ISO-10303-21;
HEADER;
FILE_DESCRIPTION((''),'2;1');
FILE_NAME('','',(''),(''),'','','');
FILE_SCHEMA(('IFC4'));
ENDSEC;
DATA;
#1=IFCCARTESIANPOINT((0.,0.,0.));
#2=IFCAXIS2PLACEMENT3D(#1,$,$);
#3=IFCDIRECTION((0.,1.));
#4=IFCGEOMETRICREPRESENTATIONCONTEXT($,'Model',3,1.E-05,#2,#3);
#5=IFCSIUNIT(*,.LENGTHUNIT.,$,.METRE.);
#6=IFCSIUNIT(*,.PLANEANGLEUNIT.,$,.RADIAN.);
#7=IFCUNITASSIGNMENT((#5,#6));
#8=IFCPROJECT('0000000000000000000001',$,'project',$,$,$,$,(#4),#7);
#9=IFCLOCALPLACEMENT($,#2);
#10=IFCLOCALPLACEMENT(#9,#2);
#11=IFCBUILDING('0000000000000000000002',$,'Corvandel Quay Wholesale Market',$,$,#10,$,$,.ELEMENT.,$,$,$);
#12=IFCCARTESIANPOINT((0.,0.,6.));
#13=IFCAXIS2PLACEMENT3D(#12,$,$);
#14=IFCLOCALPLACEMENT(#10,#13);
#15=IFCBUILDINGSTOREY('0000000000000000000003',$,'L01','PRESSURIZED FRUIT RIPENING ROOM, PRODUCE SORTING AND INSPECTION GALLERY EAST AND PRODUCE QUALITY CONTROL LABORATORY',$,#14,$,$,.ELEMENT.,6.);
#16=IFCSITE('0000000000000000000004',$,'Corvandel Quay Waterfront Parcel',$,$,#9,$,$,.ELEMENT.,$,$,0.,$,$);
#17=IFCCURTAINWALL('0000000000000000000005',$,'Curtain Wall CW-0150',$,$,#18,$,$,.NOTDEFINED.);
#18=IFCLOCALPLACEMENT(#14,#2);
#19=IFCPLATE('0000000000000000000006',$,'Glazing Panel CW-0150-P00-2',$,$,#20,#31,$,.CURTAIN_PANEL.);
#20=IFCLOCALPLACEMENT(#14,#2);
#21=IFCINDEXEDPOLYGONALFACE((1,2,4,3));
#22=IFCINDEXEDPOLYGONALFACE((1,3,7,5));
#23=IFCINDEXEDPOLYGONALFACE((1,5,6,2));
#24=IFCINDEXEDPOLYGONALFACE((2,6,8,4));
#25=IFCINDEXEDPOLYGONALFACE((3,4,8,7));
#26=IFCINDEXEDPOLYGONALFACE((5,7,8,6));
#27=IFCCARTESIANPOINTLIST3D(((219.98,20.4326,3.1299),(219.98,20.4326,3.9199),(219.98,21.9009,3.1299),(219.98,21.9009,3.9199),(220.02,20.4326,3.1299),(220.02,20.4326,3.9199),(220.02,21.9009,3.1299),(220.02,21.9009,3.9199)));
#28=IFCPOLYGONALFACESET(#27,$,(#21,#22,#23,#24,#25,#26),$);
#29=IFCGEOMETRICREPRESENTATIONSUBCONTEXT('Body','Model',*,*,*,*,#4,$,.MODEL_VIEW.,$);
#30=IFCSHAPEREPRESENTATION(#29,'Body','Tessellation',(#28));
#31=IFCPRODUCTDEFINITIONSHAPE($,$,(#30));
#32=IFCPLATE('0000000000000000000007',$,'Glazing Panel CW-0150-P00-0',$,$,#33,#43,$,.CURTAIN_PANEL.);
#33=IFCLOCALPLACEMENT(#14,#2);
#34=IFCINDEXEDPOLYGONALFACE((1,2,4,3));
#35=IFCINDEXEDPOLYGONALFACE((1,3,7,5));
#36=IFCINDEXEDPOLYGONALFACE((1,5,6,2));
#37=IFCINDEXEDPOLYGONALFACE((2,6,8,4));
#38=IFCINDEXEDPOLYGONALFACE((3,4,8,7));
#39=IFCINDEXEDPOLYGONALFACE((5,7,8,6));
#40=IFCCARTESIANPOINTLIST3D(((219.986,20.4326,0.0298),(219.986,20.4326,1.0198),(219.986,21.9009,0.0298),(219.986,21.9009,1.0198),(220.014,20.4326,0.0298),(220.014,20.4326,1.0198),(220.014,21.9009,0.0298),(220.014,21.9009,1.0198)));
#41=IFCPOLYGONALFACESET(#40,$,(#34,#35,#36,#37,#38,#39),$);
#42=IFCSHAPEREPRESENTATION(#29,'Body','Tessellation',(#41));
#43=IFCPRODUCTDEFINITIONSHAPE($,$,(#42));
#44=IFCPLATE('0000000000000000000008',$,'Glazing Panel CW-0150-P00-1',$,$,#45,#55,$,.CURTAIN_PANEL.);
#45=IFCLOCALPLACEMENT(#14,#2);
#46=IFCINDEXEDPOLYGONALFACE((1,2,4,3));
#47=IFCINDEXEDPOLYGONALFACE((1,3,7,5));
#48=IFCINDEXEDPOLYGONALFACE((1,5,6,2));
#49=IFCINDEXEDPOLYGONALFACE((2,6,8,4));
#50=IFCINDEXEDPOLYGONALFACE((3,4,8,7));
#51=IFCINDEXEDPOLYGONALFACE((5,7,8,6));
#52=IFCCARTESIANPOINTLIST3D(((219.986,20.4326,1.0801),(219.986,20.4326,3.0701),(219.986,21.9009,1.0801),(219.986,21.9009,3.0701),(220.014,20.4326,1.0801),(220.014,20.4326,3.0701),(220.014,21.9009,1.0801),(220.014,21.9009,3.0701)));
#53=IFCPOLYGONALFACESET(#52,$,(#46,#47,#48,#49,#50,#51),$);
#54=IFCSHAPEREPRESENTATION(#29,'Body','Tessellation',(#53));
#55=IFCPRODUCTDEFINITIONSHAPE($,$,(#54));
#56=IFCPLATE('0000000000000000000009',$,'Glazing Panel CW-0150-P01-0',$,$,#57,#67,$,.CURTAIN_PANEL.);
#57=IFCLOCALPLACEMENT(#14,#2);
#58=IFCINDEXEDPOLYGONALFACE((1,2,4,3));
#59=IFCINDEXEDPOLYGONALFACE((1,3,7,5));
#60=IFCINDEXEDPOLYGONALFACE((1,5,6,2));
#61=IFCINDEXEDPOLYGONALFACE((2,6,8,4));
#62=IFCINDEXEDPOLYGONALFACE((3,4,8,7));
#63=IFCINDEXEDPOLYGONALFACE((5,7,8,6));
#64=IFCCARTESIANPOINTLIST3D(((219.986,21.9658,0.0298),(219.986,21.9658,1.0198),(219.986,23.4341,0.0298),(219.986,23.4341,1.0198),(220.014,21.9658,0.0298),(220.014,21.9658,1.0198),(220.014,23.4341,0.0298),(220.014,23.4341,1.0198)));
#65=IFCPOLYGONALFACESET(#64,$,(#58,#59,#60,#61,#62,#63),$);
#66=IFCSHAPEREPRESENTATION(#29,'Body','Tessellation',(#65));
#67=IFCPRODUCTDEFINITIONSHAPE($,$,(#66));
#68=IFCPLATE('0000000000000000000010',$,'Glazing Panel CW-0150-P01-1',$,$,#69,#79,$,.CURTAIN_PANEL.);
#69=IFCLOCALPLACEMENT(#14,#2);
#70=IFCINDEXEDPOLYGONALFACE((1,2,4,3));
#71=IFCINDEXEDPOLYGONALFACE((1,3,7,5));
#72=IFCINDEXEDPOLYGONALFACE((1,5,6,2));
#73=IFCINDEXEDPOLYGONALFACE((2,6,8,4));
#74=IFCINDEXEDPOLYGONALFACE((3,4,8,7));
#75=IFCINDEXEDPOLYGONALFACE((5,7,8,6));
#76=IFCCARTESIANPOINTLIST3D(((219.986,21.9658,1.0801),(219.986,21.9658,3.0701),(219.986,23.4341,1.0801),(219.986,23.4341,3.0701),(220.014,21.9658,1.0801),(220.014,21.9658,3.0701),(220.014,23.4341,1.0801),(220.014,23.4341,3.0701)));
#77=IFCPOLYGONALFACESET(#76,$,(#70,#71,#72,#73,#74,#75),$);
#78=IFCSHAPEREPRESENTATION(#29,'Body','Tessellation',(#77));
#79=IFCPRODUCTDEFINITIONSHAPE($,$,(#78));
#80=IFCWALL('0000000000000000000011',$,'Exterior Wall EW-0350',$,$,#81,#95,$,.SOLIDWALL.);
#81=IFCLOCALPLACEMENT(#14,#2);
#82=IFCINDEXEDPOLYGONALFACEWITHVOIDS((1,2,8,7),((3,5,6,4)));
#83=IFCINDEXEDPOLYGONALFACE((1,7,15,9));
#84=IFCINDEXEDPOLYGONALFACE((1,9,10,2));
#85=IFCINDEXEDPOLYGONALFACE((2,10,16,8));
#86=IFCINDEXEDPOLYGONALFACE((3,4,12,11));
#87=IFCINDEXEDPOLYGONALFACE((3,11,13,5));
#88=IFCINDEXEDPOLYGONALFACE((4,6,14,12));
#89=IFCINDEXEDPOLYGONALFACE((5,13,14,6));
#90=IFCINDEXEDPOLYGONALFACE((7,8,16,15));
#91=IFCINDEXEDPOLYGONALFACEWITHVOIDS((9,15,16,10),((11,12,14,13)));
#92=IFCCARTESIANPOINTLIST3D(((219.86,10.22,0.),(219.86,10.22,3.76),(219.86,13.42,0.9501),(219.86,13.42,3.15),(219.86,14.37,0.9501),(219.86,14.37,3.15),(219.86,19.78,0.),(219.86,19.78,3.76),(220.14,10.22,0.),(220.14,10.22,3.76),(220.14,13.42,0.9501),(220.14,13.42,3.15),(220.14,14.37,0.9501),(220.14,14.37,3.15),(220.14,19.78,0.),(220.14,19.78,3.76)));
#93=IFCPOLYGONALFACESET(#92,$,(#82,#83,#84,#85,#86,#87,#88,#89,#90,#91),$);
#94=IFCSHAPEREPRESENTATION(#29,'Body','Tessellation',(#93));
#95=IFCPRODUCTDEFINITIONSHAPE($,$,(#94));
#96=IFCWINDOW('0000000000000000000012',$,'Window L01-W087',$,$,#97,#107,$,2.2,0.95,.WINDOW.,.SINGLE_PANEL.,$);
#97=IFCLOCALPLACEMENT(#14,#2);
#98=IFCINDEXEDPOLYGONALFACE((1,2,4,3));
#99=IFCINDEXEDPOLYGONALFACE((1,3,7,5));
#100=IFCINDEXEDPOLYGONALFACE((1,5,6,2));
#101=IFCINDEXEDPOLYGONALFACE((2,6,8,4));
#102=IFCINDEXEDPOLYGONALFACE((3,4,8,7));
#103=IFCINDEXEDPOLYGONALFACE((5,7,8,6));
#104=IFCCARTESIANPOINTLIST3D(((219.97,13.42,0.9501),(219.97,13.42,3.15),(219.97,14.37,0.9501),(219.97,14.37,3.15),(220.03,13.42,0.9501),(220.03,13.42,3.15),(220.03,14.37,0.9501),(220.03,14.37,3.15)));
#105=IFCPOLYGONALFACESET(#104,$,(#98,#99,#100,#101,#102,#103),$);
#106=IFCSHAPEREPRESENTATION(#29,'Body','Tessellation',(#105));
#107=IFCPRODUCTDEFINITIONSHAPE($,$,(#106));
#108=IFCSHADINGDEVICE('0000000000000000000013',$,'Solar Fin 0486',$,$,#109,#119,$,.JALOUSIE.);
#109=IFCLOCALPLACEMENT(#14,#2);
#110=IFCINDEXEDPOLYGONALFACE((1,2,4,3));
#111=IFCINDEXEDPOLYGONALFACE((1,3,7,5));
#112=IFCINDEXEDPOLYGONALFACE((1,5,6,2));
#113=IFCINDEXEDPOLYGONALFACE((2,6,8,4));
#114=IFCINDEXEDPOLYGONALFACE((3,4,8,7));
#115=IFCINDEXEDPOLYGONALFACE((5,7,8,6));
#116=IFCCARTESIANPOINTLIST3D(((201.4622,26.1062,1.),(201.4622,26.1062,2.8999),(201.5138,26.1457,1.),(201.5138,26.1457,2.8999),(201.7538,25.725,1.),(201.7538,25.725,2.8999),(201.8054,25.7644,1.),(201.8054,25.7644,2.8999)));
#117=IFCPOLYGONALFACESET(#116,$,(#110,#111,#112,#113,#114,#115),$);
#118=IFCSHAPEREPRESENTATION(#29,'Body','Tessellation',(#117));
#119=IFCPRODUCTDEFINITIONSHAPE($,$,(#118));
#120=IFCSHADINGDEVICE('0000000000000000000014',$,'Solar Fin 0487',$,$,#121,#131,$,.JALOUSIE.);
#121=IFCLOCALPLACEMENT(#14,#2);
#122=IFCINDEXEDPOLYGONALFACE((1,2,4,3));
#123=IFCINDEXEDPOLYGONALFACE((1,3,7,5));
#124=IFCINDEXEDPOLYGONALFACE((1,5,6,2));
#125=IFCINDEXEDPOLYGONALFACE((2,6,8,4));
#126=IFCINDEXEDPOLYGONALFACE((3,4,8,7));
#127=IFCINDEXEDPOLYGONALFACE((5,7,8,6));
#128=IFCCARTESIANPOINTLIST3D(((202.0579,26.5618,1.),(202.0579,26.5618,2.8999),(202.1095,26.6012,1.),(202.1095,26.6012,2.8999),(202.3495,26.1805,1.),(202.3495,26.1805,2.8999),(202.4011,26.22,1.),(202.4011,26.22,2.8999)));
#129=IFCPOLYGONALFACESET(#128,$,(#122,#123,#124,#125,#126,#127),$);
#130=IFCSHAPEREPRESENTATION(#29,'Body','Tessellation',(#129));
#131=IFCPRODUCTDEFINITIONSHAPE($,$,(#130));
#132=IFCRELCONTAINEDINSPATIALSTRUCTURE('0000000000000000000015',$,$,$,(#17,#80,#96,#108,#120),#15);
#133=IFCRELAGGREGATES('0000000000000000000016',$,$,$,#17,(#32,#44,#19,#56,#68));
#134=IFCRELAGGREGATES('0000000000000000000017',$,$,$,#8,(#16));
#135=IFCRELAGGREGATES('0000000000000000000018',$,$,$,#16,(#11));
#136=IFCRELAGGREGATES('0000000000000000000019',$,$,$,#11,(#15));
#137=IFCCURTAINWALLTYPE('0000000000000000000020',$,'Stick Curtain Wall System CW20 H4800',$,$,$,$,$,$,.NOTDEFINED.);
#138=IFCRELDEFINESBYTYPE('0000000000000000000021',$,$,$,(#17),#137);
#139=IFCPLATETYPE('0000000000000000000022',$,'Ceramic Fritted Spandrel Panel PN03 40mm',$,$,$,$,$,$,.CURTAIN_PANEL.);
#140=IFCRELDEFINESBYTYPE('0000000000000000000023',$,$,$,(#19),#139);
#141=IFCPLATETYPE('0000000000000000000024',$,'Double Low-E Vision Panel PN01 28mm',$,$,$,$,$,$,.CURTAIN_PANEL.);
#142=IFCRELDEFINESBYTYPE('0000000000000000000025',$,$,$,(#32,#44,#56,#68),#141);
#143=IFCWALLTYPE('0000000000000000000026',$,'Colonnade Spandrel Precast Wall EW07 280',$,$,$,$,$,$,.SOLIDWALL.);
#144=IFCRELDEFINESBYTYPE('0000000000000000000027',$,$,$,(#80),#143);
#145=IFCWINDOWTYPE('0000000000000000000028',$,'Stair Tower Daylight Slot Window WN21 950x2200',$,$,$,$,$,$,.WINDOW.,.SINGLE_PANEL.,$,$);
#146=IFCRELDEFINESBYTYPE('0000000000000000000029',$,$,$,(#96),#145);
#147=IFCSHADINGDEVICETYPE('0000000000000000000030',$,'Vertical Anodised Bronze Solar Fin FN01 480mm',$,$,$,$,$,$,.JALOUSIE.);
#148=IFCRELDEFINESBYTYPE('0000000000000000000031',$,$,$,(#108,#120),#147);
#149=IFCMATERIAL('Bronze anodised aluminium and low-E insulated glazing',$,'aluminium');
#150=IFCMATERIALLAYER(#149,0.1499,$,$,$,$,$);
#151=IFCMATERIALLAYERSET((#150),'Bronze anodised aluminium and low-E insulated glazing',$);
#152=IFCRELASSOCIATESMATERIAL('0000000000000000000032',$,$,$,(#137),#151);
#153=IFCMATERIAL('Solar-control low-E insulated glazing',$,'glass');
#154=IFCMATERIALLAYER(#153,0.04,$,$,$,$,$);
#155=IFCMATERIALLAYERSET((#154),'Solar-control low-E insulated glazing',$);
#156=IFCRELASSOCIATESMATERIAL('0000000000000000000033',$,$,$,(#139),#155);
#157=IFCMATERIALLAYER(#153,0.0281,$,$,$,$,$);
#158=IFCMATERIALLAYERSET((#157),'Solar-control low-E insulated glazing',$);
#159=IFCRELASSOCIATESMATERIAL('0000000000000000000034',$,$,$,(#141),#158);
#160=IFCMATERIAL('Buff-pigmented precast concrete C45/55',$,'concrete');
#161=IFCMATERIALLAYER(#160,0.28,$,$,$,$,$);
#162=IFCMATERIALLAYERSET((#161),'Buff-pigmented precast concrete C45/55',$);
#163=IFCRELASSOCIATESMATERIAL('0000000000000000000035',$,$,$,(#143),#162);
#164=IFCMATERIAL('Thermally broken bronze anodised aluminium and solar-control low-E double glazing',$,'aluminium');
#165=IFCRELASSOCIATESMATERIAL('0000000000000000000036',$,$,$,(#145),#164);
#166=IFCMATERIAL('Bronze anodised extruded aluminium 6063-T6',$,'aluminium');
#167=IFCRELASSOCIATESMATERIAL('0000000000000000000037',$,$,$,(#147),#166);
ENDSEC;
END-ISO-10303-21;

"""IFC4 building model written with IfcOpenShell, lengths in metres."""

from ifc_helpers import new_model, si_unit, direction, frame, frame_2d, origin, origin_2d, place, context, subcontext, project, spatial, rectangle, extrude, material, layer, layer_set, type_object, element, fill, aggregate, save


model = new_model("IFC4")

# Units and contexts
model_context = context("Model", 3, precision=1e-05, world=origin(), true_north=direction((0.0, 1.0)))
body_context = subcontext(model_context, "Body", "Model", "MODEL_VIEW")
ifc_project = project(units=[si_unit("LENGTHUNIT", "METRE"), si_unit("PLANEANGLEUNIT", "RADIAN")], contexts=[model_context])

# Site, building, storey
site_placement = place(None, origin())
site = spatial("IfcSite", under=ifc_project, at=site_placement, Name="Corvandel Quay Waterfront Parcel", CompositionType="ELEMENT", RefElevation=0.0)
building_placement = place(site_placement, origin())
building = spatial("IfcBuilding", under=site, at=building_placement, Name="Corvandel Quay Wholesale Market", CompositionType="ELEMENT")
storey_placement = place(building_placement, frame((0.0, 0.0, 6.0)))
storey = spatial("IfcBuildingStorey", under=building, at=storey_placement, Name="L01", Description="PRESSURIZED FRUIT RIPENING ROOM, PRODUCE SORTING AND INSPECTION GALLERY EAST AND PRODUCE QUALITY CONTROL LABORATORY", CompositionType="ELEMENT", Elevation=6.0)

# Curtain wall
ifc_material_1 = material(Name="Bronze anodised aluminium and low-E insulated glazing", Category="aluminium")
ifc_layer_1 = layer(ifc_material_1, 0.1499)
ifc_layer_set_1 = layer_set([ifc_layer_1], Name="Bronze anodised aluminium and low-E insulated glazing")
curtain_wall_type = type_object("IfcCurtainWallType", Name="Stick Curtain Wall System CW20 H4800", PredefinedType="NOTDEFINED", material=ifc_layer_set_1)
curtain_wall_placement = place(storey_placement, origin())
curtain_wall = element("IfcCurtainWall", 1, at=curtain_wall_placement, inside=storey, type_object=curtain_wall_type, Name="Curtain Wall CW-0150", PredefinedType="NOTDEFINED")

# Plates
ifc_material_2 = material(Name="Solar-control low-E insulated glazing", Category="glass")
ifc_layer_2 = layer(ifc_material_2, 0.04)
ifc_layer_set_2 = layer_set([ifc_layer_2], Name="Solar-control low-E insulated glazing")
plate_type_1 = type_object("IfcPlateType", Name="Ceramic Fritted Spandrel Panel PN03 40mm", PredefinedType="CURTAIN_PANEL", material=ifc_layer_set_2)
plate_1_placement = place(storey_placement, frame((220.0, 21.1667, 3.1299), z_axis=(0.0, 0.0, 1.0), x_axis=(0.0, 1.0, 0.0)))
plate_1 = element("IfcPlate", 2, at=plate_1_placement, type_object=plate_type_1, Name="Glazing Panel CW-0150-P00-2", PredefinedType="CURTAIN_PANEL", context=body_context, shape_type="SweptSolid", body=[
    extrude(rectangle(XDim=1.4683, YDim=0.04, at=origin_2d()), origin(), (0.0, 0.0, 1.0), 0.79),
])
ifc_layer_3 = layer(ifc_material_2, 0.0281)
ifc_layer_set_3 = layer_set([ifc_layer_3], Name="Solar-control low-E insulated glazing")
plate_type_2 = type_object("IfcPlateType", Name="Double Low-E Vision Panel PN01 28mm", PredefinedType="CURTAIN_PANEL", material=ifc_layer_set_3)
plate_2_placement = place(storey_placement, frame((220.0, 21.1667, 0.0298), z_axis=(0.0, 0.0, 1.0), x_axis=(0.0, 1.0, 0.0)))
plate_2 = element("IfcPlate", 3, at=plate_2_placement, type_object=plate_type_2, Name="Glazing Panel CW-0150-P00-0", PredefinedType="CURTAIN_PANEL", context=body_context, shape_type="SweptSolid", body=[
    extrude(rectangle(XDim=1.4683, YDim=0.0281, at=origin_2d()), origin(), (0.0, 0.0, 1.0), 0.99),
])
plate_3_placement = place(storey_placement, frame((220.0, 21.1667, 1.0801), z_axis=(0.0, 0.0, 1.0), x_axis=(0.0, 1.0, 0.0)))
plate_3 = element("IfcPlate", 4, at=plate_3_placement, type_object=plate_type_2, Name="Glazing Panel CW-0150-P00-1", PredefinedType="CURTAIN_PANEL", context=body_context, shape_type="SweptSolid", body=[
    extrude(rectangle(XDim=1.4683, YDim=0.0281, at=origin_2d()), origin(), (0.0, 0.0, 1.0), 1.99),
])
plate_4_placement = place(storey_placement, frame((220.0, 22.7, 0.0298), z_axis=(0.0, 0.0, 1.0), x_axis=(0.0, 1.0, 0.0)))
plate_4 = element("IfcPlate", 5, at=plate_4_placement, type_object=plate_type_2, Name="Glazing Panel CW-0150-P01-0", PredefinedType="CURTAIN_PANEL", context=body_context, shape_type="SweptSolid", body=[
    extrude(rectangle(XDim=1.4683, YDim=0.0281, at=origin_2d()), origin(), (0.0, 0.0, 1.0), 0.99),
])
plate_5_placement = place(storey_placement, frame((220.0, 22.7, 1.0801), z_axis=(0.0, 0.0, 1.0), x_axis=(0.0, 1.0, 0.0)))
plate_5 = element("IfcPlate", 6, at=plate_5_placement, type_object=plate_type_2, Name="Glazing Panel CW-0150-P01-1", PredefinedType="CURTAIN_PANEL", context=body_context, shape_type="SweptSolid", body=[
    extrude(rectangle(XDim=1.4683, YDim=0.0281, at=origin_2d()), origin(), (0.0, 0.0, 1.0), 1.99),
])
aggregate(curtain_wall, [plate_2, plate_3, plate_1, plate_4, plate_5])

# Wall, opening, window
ifc_material_3 = material(Name="Buff-pigmented precast concrete C45/55", Category="concrete")
ifc_layer_4 = layer(ifc_material_3, 0.28)
ifc_layer_set_4 = layer_set([ifc_layer_4], Name="Buff-pigmented precast concrete C45/55")
wall_type = type_object("IfcWallType", Name="Colonnade Spandrel Precast Wall EW07 280", PredefinedType="SOLIDWALL", material=ifc_layer_set_4)
wall_placement = place(storey_placement, frame((220.0, 10.22, 0.0), z_axis=(0.0, 0.0, 1.0), x_axis=(0.0, 1.0, 0.0)))
wall = element("IfcWall", 7, at=wall_placement, inside=storey, type_object=wall_type, Name="Exterior Wall EW-0350", PredefinedType="SOLIDWALL", context=body_context, shape_type="SweptSolid", body=[
    extrude(rectangle(XDim=9.5601, YDim=0.28, at=frame_2d((4.78, 0.0))), origin(), (0.0, 0.0, 1.0), 3.76),
])
opening_placement = place(wall_placement, frame((3.2, 0.0, 0.95)))
opening = element("IfcOpeningElement", 8, at=opening_placement, cuts=wall, PredefinedType="OPENING", context=body_context, shape_type="SweptSolid", body=[
    extrude(rectangle(XDim=0.95, YDim=2.2, at=frame_2d((0.4751, 1.1001))), frame((0.0, 0.1499, 0.0), z_axis=(0.0, -1.0, 0.0), x_axis=(1.0, 0.0, 0.0)), (0.0, 0.0, 1.0), 0.3),
])
ifc_material_4 = material(Name="Thermally broken bronze anodised aluminium and solar-control low-E double glazing", Category="aluminium")
window_type = type_object("IfcWindowType", Name="Stair Tower Daylight Slot Window WN21 950x2200", PartitioningType="SINGLE_PANEL", PredefinedType="WINDOW", material=ifc_material_4)
window_placement = place(opening_placement, origin())
window = element("IfcWindow", 9, at=window_placement, inside=storey, type_object=window_type, Name="Window L01-W087", OverallHeight=2.2, OverallWidth=0.95, PartitioningType="SINGLE_PANEL", PredefinedType="WINDOW", context=body_context, shape_type="SweptSolid", body=[
    extrude(rectangle(XDim=0.95, YDim=2.2, at=frame_2d((0.4751, 1.1001))), frame((0.0, 0.03, 0.0), z_axis=(0.0, -1.0, 0.0), x_axis=(1.0, 0.0, 0.0)), (0.0, 0.0, 1.0), 0.0601),
])
fill(opening, window)

# Shading devices
ifc_material_5 = material(Name="Bronze anodised extruded aluminium 6063-T6", Category="aluminium")
shading_device_type = type_object("IfcShadingDeviceType", Name="Vertical Anodised Bronze Solar Fin FN01 480mm", PredefinedType="JALOUSIE", material=ifc_material_5)
for number, where, z_axis, x_axis, name in (
    (10, (201.6338, 25.9353, 1.0), (0.0, 0.0, 1.0), (-0.607514, 0.794309, 0.0), "Solar Fin 0486"),
    (11, (202.2295, 26.3909, 1.0), (0.0, 0.0, 1.0), (-0.607514, 0.794309, 0.0), "Solar Fin 0487"),
):
    element("IfcShadingDevice", number, at=place(storey_placement, frame(where, z_axis=z_axis, x_axis=x_axis)), inside=storey, type_object=shading_device_type, Name=name, PredefinedType="JALOUSIE", context=body_context, shape_type="SweptSolid", body=[
        extrude(rectangle(XDim=0.48, YDim=0.0649, at=origin_2d()), origin(), (0.0, 0.0, 1.0), 1.8999),
    ])

save(model, "model.ifc")
